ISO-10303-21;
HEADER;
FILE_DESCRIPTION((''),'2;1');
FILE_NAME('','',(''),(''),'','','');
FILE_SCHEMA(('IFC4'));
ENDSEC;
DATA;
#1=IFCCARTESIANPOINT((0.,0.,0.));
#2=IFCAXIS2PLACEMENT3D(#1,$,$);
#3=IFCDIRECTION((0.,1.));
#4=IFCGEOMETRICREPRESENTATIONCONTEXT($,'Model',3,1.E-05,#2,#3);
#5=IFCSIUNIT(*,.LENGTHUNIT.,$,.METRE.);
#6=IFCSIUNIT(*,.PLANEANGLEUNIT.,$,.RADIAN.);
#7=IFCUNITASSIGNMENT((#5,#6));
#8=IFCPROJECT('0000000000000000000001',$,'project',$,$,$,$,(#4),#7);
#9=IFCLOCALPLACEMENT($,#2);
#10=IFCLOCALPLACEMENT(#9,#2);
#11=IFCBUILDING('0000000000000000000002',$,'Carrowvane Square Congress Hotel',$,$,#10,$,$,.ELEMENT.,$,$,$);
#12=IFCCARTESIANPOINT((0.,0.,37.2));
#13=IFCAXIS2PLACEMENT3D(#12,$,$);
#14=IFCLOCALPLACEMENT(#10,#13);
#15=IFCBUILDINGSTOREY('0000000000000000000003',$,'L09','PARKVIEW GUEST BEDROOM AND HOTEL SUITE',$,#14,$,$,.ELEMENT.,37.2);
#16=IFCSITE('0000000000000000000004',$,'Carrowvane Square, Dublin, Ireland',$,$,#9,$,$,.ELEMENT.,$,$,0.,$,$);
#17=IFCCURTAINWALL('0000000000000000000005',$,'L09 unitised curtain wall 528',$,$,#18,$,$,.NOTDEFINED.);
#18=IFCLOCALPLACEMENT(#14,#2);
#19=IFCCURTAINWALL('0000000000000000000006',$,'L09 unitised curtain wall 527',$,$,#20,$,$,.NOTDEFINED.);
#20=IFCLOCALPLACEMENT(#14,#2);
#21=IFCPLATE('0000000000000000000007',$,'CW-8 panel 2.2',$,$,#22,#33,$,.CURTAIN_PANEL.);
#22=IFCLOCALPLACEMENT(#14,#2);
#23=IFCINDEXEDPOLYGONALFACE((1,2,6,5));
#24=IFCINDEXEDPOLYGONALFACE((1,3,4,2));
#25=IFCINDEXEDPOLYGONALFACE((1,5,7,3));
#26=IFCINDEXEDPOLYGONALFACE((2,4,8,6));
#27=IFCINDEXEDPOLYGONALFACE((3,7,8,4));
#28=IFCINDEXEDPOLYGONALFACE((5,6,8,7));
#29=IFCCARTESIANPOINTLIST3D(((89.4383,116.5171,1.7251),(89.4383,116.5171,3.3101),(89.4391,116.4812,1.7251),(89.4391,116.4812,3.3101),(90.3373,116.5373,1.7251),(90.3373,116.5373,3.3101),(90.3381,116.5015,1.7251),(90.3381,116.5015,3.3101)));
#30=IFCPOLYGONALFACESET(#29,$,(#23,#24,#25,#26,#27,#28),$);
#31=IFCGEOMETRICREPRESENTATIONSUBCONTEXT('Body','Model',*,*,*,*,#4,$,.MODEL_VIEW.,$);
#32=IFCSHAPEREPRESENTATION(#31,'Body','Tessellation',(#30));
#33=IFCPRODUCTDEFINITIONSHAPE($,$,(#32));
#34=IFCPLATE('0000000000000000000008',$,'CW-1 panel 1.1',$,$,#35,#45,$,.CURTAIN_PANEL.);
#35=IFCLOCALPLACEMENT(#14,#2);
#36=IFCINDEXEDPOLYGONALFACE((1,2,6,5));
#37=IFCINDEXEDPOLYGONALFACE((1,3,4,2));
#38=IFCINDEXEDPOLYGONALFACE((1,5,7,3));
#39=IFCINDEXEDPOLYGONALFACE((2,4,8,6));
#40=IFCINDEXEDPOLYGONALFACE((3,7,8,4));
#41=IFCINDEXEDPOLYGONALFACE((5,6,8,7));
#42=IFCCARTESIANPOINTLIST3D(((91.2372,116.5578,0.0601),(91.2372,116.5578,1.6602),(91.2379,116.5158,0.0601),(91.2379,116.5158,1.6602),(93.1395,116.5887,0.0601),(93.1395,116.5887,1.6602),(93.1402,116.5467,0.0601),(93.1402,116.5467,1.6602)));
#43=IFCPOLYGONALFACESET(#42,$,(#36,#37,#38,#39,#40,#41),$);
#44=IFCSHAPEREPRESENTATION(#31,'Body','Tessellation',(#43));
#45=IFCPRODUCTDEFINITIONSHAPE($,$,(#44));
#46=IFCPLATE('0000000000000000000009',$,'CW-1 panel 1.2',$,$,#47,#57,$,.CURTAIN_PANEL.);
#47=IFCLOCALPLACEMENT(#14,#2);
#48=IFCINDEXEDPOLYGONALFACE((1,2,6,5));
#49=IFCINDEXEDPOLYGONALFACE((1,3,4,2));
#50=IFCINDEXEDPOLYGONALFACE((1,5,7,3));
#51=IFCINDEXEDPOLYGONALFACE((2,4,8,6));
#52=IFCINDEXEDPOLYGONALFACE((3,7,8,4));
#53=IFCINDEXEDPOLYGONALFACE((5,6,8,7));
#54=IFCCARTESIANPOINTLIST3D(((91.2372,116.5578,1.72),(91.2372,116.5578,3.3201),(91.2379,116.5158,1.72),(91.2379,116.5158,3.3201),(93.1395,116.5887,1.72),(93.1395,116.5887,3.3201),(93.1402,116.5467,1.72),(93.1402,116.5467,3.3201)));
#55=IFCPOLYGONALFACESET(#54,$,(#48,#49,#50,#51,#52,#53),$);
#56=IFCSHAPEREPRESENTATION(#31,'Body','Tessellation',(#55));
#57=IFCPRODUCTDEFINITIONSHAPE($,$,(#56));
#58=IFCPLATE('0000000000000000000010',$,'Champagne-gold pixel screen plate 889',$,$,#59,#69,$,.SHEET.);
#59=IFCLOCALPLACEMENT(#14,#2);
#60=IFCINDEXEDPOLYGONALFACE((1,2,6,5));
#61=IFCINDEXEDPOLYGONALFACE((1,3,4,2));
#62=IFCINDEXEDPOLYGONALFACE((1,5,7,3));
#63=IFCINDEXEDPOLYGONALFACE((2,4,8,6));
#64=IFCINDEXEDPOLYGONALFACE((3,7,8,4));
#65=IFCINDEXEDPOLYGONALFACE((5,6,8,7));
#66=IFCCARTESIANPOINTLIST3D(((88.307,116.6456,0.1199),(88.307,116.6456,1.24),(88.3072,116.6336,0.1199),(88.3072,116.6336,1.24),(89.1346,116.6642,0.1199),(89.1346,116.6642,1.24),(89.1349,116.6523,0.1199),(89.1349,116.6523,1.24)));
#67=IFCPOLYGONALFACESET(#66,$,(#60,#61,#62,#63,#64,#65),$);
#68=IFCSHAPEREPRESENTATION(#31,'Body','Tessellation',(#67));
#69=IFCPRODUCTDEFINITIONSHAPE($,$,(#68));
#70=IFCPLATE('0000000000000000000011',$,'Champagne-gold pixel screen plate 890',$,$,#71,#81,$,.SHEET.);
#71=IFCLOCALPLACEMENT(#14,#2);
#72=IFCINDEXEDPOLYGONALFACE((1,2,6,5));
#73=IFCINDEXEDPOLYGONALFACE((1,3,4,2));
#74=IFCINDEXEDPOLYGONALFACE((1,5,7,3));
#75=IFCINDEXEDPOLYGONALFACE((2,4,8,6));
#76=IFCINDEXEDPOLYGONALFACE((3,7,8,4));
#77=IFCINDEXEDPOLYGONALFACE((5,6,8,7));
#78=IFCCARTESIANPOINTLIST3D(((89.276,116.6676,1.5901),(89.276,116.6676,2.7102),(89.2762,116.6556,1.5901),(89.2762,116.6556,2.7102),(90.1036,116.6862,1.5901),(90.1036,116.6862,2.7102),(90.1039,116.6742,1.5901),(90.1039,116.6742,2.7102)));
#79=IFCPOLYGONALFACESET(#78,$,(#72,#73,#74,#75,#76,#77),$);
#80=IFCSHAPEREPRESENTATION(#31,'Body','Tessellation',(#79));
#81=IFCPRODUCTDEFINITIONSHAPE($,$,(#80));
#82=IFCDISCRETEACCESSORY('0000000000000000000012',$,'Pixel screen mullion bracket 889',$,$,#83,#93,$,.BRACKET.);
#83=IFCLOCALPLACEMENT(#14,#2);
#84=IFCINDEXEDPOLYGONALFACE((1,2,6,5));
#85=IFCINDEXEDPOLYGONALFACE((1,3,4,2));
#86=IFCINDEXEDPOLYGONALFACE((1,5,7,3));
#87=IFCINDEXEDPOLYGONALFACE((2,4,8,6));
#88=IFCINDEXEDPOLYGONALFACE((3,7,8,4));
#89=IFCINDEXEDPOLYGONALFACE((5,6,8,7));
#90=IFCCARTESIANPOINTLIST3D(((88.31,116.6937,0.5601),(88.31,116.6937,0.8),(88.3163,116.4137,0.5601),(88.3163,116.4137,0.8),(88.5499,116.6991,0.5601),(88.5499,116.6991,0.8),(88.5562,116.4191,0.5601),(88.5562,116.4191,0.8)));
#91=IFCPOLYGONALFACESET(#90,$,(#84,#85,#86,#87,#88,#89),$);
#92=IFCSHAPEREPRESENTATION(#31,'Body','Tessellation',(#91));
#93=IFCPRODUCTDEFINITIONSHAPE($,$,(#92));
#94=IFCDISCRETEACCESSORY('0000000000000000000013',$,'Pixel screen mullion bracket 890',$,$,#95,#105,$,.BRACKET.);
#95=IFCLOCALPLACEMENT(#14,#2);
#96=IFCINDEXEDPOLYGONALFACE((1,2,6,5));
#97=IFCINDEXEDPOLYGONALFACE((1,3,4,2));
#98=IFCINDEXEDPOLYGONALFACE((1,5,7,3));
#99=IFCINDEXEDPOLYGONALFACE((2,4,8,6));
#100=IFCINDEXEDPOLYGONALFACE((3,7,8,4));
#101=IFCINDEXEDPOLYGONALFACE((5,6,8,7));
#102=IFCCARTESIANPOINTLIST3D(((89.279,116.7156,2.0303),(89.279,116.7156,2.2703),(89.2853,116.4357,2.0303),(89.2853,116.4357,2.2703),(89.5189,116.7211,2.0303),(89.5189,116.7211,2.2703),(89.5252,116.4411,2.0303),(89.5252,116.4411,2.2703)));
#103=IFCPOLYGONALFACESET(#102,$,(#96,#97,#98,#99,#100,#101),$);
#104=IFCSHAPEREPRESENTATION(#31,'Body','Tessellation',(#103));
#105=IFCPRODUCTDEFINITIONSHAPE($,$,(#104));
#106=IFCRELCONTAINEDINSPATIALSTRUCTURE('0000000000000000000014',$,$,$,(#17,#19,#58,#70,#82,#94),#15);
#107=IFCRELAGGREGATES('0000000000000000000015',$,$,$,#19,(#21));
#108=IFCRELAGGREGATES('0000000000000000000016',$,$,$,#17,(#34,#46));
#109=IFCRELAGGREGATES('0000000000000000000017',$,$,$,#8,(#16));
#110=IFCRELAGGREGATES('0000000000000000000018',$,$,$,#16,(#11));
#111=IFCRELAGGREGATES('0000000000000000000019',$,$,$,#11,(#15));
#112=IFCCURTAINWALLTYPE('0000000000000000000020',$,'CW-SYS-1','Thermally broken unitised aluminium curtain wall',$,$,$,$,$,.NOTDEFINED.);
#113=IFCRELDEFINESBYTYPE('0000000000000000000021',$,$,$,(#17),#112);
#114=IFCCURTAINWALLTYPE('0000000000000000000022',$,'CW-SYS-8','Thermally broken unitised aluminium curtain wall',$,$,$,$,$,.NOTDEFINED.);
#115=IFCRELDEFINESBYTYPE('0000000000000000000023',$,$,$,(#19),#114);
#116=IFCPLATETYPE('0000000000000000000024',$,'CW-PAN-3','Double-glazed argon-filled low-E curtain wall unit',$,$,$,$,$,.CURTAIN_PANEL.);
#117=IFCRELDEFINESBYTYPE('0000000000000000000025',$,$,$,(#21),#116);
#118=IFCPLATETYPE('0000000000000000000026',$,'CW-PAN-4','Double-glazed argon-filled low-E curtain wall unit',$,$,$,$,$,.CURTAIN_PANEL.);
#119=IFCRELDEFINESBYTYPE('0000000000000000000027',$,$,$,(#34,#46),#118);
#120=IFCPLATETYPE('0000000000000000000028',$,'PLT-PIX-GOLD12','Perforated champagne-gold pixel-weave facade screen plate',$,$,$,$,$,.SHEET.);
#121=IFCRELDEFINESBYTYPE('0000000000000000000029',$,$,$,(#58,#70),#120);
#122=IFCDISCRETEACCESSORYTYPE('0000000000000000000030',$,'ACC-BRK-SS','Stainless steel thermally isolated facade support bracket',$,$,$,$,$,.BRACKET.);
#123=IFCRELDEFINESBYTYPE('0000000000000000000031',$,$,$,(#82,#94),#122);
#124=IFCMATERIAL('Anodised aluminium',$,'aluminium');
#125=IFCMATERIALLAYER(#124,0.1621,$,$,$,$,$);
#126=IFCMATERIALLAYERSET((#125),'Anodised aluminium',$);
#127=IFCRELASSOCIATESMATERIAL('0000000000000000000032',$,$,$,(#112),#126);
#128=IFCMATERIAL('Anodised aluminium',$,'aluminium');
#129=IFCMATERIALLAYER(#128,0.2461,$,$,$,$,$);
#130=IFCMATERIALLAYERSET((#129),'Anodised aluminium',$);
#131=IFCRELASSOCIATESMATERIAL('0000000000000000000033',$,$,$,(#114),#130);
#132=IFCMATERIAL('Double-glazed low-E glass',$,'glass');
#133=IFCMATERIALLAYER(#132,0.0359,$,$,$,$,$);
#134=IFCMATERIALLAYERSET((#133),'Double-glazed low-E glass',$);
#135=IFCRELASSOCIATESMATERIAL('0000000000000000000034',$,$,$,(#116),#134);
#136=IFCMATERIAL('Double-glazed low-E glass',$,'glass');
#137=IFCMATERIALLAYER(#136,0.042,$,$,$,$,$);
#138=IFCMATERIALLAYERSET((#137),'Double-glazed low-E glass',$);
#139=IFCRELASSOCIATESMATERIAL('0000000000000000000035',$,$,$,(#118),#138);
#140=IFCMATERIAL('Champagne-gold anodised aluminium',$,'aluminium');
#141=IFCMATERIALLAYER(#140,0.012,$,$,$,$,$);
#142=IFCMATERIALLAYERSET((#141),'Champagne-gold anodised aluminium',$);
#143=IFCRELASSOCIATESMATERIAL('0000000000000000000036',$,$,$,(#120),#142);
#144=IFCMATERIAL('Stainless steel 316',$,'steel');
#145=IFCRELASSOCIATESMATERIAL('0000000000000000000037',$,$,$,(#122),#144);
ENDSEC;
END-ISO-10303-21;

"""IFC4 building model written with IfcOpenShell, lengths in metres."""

from ifc_helpers import new_model, si_unit, direction, frame, origin, origin_2d, place, context, subcontext, project, spatial, rectangle, extrude, material, layer, layer_set, type_object, element, aggregate, save


model = new_model("IFC4")

# Units and contexts
model_context = context("Model", 3, precision=1e-05, world=origin(), true_north=direction((0.0, 1.0)))
body_context = subcontext(model_context, "Body", "Model", "MODEL_VIEW")
ifc_project = project(units=[si_unit("LENGTHUNIT", "METRE"), si_unit("PLANEANGLEUNIT", "RADIAN")], contexts=[model_context])

# Site, building, storey
site_placement = place(None, origin())
site = spatial("IfcSite", under=ifc_project, at=site_placement, Name="Carrowvane Square, Dublin, Ireland", CompositionType="ELEMENT", RefElevation=0.0)
building_placement = place(site_placement, origin())
building = spatial("IfcBuilding", under=site, at=building_placement, Name="Carrowvane Square Congress Hotel", CompositionType="ELEMENT")
storey_placement = place(building_placement, frame((0.0, 0.0, 37.2)))
storey = spatial("IfcBuildingStorey", under=building, at=storey_placement, Name="L09", Description="PARKVIEW GUEST BEDROOM AND HOTEL SUITE", CompositionType="ELEMENT", Elevation=37.2)

# Curtain walls
ifc_material_1 = material(Name="Anodised aluminium", Category="aluminium")
ifc_layer_1 = layer(ifc_material_1, 0.1621)
ifc_layer_set_1 = layer_set([ifc_layer_1], Name="Anodised aluminium")
curtain_wall_type_1 = type_object("IfcCurtainWallType", Name="CW-SYS-1", Description="Thermally broken unitised aluminium curtain wall", PredefinedType="NOTDEFINED", material=ifc_layer_set_1)
curtain_wall_1_placement = place(storey_placement, origin())
curtain_wall_1 = element("IfcCurtainWall", 1, at=curtain_wall_1_placement, inside=storey, type_object=curtain_wall_type_1, Name="L09 unitised curtain wall 528", PredefinedType="NOTDEFINED")
ifc_material_2 = material(Name="Anodised aluminium", Category="aluminium")
ifc_layer_2 = layer(ifc_material_2, 0.2461)
ifc_layer_set_2 = layer_set([ifc_layer_2], Name="Anodised aluminium")
curtain_wall_type_2 = type_object("IfcCurtainWallType", Name="CW-SYS-8", Description="Thermally broken unitised aluminium curtain wall", PredefinedType="NOTDEFINED", material=ifc_layer_set_2)
curtain_wall_2_placement = place(storey_placement, origin())
curtain_wall_2 = element("IfcCurtainWall", 2, at=curtain_wall_2_placement, inside=storey, type_object=curtain_wall_type_2, Name="L09 unitised curtain wall 527", PredefinedType="NOTDEFINED")

# Plates
ifc_material_3 = material(Name="Double-glazed low-E glass", Category="glass")
ifc_layer_3 = layer(ifc_material_3, 0.0359)
ifc_layer_set_3 = layer_set([ifc_layer_3], Name="Double-glazed low-E glass")
plate_type_1 = type_object("IfcPlateType", Name="CW-PAN-3", Description="Double-glazed argon-filled low-E curtain wall unit", PredefinedType="CURTAIN_PANEL", material=ifc_layer_set_3)
plate_1_placement = place(storey_placement, frame((89.8882, 116.5093, 1.7251), z_axis=(0.0, 0.0, 1.0), x_axis=(0.999746, 0.022518, 0.0)))
plate_1 = element("IfcPlate", 3, at=plate_1_placement, type_object=plate_type_1, Name="CW-8 panel 2.2", PredefinedType="CURTAIN_PANEL", context=body_context, shape_type="SweptSolid", body=[
    extrude(rectangle(XDim=0.8992, YDim=0.0359, at=origin_2d()), origin(), (0.0, 0.0, 1.0), 1.585),
])
aggregate(curtain_wall_2, [plate_1])
ifc_material_4 = material(Name="Double-glazed low-E glass", Category="glass")
ifc_layer_4 = layer(ifc_material_4, 0.042)
ifc_layer_set_4 = layer_set([ifc_layer_4], Name="Double-glazed low-E glass")
plate_type_2 = type_object("IfcPlateType", Name="CW-PAN-4", Description="Double-glazed argon-filled low-E curtain wall unit", PredefinedType="CURTAIN_PANEL", material=ifc_layer_set_4)
plate_2_placement = place(storey_placement, frame((92.1887, 116.5522, 0.0601), z_axis=(0.0, 0.0, 1.0), x_axis=(0.999869, 0.016216, 0.0)))
plate_2 = element("IfcPlate", 4, at=plate_2_placement, type_object=plate_type_2, Name="CW-1 panel 1.1", PredefinedType="CURTAIN_PANEL", context=body_context, shape_type="SweptSolid", body=[
    extrude(rectangle(XDim=1.9026, YDim=0.042, at=origin_2d()), origin(), (0.0, 0.0, 1.0), 1.6001),
])
plate_3_placement = place(storey_placement, frame((92.1887, 116.5522, 1.72), z_axis=(0.0, 0.0, 1.0), x_axis=(0.999869, 0.016216, 0.0)))
plate_3 = element("IfcPlate", 5, at=plate_3_placement, type_object=plate_type_2, Name="CW-1 panel 1.2", PredefinedType="CURTAIN_PANEL", context=body_context, shape_type="SweptSolid", body=[
    extrude(rectangle(XDim=1.9026, YDim=0.042, at=origin_2d()), origin(), (0.0, 0.0, 1.0), 1.6001),
])
aggregate(curtain_wall_1, [plate_2, plate_3])

# Plates
ifc_material_5 = material(Name="Champagne-gold anodised aluminium", Category="aluminium")
ifc_layer_5 = layer(ifc_material_5, 0.012)
ifc_layer_set_5 = layer_set([ifc_layer_5], Name="Champagne-gold anodised aluminium")
plate_type_3 = type_object("IfcPlateType", Name="PLT-PIX-GOLD12", Description="Perforated champagne-gold pixel-weave facade screen plate", PredefinedType="SHEET", material=ifc_layer_set_5)
for number, where, z_axis, x_axis, name in (
    (6, (88.7209, 116.6489, 0.1199), (0.0, 0.0, 1.0), (0.999746, 0.022519, 0.0), "Champagne-gold pixel screen plate 889"),
    (7, (89.6899, 116.6709, 1.5901), (0.0, 0.0, 1.0), (0.999746, 0.022519, 0.0), "Champagne-gold pixel screen plate 890"),
):
    element("IfcPlate", number, at=place(storey_placement, frame(where, z_axis=z_axis, x_axis=x_axis)), inside=storey, type_object=plate_type_3, Name=name, PredefinedType="SHEET", context=body_context, shape_type="SweptSolid", body=[
        extrude(rectangle(XDim=0.8279, YDim=0.012, at=origin_2d()), origin(), (0.0, 0.0, 1.0), 1.1201),
    ])

# Discrete accessories
ifc_material_6 = material(Name="Stainless steel 316", Category="steel")
discrete_accessory_type = type_object("IfcDiscreteAccessoryType", Name="ACC-BRK-SS", Description="Stainless steel thermally isolated facade support bracket", PredefinedType="BRACKET", material=ifc_material_6)
for number, where, z_axis, x_axis, name in (
    (8, (88.4331, 116.5564, 0.5601), (0.0, 0.0, 1.0), (0.999746, 0.022519, 0.0), "Pixel screen mullion bracket 889"),
    (9, (89.4021, 116.5784, 2.0303), (0.0, 0.0, 1.0), (0.999746, 0.022519, 0.0), "Pixel screen mullion bracket 890"),
):
    element("IfcDiscreteAccessory", number, at=place(storey_placement, frame(where, z_axis=z_axis, x_axis=x_axis)), inside=storey, type_object=discrete_accessory_type, Name=name, PredefinedType="BRACKET", context=body_context, shape_type="SweptSolid", body=[
        extrude(rectangle(XDim=0.24, YDim=0.28, at=origin_2d()), origin(), (0.0, 0.0, 1.0), 0.24),
    ])

save(model, "model.ifc")
